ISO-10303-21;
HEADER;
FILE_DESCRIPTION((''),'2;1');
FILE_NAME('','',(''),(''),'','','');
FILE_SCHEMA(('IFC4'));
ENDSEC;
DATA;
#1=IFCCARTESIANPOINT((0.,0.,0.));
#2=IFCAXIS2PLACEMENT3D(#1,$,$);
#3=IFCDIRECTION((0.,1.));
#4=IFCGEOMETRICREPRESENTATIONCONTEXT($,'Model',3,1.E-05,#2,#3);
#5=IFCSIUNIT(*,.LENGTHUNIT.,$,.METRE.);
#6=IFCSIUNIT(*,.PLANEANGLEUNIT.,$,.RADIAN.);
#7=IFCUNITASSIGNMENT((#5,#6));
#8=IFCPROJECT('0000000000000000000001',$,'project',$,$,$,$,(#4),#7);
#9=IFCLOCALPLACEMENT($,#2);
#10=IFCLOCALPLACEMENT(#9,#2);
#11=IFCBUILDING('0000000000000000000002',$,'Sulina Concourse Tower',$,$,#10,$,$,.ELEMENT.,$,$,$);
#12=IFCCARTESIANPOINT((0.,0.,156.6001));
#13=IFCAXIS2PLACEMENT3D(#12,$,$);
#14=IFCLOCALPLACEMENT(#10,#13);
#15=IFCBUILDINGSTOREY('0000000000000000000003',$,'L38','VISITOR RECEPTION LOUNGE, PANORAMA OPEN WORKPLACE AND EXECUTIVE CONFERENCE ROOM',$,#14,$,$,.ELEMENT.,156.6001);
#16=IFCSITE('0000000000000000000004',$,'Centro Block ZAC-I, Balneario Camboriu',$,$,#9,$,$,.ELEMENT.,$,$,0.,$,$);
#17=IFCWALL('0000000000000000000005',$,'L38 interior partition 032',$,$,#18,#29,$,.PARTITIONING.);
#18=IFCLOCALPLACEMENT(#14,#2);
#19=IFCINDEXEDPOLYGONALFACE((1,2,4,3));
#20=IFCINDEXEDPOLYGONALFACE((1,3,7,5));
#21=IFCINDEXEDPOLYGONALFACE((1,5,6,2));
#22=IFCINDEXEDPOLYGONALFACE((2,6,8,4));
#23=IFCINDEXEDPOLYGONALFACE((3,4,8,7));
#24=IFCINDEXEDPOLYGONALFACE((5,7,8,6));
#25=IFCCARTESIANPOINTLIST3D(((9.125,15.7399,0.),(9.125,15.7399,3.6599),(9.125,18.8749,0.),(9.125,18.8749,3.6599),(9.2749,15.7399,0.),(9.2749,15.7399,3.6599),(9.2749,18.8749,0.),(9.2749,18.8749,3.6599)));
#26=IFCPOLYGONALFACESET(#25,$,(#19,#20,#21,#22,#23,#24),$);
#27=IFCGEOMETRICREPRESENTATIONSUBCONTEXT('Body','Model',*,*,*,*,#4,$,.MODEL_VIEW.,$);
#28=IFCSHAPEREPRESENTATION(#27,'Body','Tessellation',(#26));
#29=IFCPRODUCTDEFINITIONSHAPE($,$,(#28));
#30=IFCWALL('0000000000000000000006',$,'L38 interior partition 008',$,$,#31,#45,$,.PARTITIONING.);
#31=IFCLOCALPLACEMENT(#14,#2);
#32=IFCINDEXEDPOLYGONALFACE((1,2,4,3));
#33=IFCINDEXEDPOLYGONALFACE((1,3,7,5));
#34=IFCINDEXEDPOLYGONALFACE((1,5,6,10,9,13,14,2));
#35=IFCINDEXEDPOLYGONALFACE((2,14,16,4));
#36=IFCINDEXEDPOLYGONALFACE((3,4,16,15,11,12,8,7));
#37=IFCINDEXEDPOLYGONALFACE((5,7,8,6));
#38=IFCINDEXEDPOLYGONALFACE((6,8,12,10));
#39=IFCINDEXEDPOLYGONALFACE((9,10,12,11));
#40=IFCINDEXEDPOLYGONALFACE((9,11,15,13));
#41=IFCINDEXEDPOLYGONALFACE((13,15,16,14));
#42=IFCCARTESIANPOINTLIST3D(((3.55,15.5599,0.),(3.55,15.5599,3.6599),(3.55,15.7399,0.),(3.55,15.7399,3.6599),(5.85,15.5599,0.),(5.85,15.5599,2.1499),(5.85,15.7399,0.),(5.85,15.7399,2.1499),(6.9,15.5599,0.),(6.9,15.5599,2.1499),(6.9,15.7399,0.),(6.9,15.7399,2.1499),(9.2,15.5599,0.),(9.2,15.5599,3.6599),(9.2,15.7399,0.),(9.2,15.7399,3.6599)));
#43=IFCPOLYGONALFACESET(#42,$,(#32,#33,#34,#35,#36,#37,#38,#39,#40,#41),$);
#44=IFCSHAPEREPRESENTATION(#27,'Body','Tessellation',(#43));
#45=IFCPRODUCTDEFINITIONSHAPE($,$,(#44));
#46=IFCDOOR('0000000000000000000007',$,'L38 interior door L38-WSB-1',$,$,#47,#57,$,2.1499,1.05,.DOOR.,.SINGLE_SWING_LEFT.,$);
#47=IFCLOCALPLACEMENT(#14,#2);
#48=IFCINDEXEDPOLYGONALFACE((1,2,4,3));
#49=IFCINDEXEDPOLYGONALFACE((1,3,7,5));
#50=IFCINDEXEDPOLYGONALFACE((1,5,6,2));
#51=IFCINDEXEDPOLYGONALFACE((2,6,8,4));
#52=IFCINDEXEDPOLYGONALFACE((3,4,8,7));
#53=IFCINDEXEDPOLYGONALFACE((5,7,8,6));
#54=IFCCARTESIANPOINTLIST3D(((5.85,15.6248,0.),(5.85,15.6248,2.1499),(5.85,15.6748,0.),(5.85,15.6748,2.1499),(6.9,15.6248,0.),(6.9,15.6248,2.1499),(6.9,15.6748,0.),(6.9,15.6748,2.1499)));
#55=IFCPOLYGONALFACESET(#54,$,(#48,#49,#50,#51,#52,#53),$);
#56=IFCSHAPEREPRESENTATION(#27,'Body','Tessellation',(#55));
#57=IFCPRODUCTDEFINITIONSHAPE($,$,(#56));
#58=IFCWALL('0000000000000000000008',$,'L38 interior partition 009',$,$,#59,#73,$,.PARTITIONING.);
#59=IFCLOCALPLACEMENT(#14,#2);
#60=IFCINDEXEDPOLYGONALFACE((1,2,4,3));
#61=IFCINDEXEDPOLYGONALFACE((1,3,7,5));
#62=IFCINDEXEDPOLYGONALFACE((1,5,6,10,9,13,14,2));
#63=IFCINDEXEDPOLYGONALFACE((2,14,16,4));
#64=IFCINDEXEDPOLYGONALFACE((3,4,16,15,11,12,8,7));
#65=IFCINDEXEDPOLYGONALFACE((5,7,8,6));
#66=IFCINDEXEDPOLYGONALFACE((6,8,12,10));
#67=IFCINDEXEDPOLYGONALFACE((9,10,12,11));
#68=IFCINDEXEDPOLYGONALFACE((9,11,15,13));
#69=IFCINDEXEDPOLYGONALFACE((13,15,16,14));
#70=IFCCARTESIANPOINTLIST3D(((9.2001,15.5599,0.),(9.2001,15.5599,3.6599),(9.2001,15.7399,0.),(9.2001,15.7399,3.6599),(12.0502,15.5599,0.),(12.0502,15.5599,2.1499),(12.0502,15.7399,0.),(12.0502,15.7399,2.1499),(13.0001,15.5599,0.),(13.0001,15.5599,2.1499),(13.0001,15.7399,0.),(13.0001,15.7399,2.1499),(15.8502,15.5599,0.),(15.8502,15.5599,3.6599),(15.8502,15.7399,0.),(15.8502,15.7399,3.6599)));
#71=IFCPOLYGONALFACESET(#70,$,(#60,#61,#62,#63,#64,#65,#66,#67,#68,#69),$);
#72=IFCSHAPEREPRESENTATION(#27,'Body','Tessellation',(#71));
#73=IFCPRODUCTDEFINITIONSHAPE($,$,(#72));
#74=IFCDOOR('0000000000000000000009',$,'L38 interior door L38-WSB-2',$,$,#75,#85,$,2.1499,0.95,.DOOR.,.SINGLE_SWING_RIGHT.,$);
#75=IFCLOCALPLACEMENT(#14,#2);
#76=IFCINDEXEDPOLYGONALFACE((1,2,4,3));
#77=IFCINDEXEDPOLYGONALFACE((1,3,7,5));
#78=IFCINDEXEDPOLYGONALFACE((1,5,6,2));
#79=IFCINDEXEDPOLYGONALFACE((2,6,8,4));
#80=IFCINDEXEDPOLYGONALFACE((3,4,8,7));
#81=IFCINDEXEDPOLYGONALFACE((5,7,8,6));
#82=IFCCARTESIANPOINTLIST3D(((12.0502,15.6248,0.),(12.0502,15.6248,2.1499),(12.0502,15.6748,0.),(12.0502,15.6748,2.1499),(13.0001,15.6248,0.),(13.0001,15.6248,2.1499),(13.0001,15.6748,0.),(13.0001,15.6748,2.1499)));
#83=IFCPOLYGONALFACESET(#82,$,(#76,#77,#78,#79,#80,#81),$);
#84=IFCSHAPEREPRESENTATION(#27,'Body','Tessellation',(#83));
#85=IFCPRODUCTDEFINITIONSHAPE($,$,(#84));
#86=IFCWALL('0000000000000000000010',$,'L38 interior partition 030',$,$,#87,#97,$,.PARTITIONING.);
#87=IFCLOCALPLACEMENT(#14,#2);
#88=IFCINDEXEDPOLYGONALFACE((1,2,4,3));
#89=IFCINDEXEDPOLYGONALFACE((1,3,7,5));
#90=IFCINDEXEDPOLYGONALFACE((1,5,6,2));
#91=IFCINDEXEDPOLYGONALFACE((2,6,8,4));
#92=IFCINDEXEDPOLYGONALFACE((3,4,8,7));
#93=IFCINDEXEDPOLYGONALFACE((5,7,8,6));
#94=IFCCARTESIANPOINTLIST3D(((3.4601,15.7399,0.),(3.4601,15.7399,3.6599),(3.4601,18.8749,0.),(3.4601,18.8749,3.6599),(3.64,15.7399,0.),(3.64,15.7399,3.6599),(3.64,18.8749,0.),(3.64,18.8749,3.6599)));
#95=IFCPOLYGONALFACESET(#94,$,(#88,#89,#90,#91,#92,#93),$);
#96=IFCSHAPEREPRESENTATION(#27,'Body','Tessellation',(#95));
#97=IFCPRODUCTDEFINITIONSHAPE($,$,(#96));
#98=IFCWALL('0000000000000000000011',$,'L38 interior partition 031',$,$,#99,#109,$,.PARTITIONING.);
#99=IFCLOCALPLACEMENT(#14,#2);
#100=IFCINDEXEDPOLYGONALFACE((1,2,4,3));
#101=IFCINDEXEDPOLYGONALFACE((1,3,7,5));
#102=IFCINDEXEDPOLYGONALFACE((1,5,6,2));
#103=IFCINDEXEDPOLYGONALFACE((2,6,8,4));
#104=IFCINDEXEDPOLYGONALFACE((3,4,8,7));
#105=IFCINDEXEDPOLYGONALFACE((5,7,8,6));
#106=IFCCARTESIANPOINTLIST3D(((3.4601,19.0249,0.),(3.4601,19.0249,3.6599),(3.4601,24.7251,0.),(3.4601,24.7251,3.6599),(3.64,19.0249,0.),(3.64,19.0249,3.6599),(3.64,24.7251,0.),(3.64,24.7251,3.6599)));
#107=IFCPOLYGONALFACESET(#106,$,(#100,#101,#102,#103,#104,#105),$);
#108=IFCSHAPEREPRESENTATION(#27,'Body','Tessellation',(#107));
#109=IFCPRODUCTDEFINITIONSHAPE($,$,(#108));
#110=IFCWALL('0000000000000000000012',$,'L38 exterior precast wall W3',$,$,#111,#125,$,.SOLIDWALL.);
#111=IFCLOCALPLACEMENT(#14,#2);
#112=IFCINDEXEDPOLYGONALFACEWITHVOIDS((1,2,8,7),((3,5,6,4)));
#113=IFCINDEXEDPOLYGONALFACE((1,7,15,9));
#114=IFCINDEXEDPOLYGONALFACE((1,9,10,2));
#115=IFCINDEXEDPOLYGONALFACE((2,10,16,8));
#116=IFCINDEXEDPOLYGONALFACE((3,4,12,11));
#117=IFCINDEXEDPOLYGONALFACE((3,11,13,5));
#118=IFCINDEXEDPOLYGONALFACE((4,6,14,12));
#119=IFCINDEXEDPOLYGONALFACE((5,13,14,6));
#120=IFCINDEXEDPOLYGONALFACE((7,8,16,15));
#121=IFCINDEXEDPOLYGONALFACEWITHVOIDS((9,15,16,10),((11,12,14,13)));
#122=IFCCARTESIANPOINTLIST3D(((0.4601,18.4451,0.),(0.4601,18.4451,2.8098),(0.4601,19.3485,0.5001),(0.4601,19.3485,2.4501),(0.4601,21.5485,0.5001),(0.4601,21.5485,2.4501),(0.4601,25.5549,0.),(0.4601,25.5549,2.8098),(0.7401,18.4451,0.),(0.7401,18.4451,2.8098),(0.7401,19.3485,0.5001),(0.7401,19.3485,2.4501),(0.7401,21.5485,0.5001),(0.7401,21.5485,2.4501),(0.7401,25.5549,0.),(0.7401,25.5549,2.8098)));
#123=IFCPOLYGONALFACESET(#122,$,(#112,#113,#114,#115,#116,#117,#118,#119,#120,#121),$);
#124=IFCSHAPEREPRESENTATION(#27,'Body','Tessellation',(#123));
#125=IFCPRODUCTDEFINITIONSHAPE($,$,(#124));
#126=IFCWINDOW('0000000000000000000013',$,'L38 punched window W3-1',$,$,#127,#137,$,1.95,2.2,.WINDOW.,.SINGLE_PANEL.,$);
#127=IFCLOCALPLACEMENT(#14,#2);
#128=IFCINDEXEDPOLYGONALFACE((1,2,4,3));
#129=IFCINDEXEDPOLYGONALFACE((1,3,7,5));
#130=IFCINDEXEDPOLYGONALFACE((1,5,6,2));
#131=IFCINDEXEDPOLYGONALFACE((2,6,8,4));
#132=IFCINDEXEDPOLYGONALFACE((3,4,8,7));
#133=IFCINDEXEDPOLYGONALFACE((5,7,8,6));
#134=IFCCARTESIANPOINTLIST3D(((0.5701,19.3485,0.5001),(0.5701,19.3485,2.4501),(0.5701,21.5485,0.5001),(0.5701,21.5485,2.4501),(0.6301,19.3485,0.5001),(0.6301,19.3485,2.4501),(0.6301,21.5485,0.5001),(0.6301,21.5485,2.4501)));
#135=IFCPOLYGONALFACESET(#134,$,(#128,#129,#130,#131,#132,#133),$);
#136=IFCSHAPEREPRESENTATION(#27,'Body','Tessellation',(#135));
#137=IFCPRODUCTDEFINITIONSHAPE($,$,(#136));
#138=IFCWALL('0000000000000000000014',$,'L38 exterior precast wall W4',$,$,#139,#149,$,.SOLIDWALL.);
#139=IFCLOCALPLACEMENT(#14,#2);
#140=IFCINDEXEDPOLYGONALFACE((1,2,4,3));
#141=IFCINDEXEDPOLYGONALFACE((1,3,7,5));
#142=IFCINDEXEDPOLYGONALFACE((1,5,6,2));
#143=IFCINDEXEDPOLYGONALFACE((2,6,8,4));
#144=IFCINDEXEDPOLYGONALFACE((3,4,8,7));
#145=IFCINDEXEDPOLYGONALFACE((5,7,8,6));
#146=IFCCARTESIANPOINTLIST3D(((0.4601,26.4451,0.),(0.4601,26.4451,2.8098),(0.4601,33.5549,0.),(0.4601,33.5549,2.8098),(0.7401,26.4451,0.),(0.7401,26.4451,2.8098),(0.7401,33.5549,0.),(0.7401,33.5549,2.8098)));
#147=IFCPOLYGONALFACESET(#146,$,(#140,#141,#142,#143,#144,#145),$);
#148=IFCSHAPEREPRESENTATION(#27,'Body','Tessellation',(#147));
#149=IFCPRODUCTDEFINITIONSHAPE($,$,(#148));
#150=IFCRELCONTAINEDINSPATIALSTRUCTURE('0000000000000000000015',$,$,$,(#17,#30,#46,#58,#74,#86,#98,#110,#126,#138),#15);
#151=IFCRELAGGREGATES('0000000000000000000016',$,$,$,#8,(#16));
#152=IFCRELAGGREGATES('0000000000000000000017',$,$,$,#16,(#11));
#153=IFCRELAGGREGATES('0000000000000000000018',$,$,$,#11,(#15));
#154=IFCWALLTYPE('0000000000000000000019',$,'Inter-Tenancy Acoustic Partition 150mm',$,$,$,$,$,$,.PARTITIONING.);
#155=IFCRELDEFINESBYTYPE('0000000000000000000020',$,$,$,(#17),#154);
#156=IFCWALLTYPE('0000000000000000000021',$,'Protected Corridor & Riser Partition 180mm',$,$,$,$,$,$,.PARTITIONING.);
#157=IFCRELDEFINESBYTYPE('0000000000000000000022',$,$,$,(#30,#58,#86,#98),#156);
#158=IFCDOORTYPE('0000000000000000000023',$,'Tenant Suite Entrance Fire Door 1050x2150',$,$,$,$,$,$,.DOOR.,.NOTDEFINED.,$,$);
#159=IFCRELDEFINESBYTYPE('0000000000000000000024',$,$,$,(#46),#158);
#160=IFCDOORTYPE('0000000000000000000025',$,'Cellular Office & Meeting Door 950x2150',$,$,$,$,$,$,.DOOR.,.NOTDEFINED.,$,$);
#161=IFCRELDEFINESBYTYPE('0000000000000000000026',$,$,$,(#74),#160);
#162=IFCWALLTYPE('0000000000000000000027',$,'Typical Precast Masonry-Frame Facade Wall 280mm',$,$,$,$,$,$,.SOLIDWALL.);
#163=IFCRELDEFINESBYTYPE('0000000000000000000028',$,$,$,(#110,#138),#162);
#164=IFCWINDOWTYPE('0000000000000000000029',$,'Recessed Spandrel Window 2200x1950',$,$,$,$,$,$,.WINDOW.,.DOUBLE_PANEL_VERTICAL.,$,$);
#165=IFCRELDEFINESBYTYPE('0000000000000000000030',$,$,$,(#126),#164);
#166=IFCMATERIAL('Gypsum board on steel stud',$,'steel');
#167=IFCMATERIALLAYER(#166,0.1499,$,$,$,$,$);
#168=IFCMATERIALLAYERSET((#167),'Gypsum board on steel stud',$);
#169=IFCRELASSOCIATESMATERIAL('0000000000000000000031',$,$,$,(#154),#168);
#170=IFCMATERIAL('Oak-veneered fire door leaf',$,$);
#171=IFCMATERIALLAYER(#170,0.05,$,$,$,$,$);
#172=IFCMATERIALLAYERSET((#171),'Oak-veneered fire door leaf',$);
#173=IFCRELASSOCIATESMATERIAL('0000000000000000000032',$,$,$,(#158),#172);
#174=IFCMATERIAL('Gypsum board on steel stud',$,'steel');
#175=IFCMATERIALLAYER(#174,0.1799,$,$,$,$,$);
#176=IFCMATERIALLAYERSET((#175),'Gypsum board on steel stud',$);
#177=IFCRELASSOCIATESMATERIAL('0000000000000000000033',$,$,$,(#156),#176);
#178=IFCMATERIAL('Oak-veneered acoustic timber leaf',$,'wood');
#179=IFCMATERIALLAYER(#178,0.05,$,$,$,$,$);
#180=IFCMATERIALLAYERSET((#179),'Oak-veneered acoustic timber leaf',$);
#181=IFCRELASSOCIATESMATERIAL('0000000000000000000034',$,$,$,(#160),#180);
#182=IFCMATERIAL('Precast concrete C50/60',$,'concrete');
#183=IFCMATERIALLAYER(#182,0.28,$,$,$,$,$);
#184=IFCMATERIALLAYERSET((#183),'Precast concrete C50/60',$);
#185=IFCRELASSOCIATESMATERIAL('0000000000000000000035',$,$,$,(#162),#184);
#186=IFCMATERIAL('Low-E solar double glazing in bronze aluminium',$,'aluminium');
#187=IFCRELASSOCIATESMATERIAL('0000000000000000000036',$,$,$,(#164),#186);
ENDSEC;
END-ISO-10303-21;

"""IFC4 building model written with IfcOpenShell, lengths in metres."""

from ifc_helpers import new_model, si_unit, direction, frame, frame_2d, origin, place, context, subcontext, project, spatial, rectangle, extrude, material, layer, layer_set, type_object, element, fill, save


model = new_model("IFC4")

# Units and contexts
model_context = context("Model", 3, precision=1e-05, world=origin(), true_north=direction((0.0, 1.0)))
body_context = subcontext(model_context, "Body", "Model", "MODEL_VIEW")
ifc_project = project(units=[si_unit("LENGTHUNIT", "METRE"), si_unit("PLANEANGLEUNIT", "RADIAN")], contexts=[model_context])

# Site, building, storey
site_placement = place(None, origin())
site = spatial("IfcSite", under=ifc_project, at=site_placement, Name="Centro Block ZAC-I, Balneario Camboriu", CompositionType="ELEMENT", RefElevation=0.0)
building_placement = place(site_placement, origin())
building = spatial("IfcBuilding", under=site, at=building_placement, Name="Sulina Concourse Tower", CompositionType="ELEMENT")
storey_placement = place(building_placement, frame((0.0, 0.0, 156.6001)))
storey = spatial("IfcBuildingStorey", under=building, at=storey_placement, Name="L38", Description="VISITOR RECEPTION LOUNGE, PANORAMA OPEN WORKPLACE AND EXECUTIVE CONFERENCE ROOM", CompositionType="ELEMENT", Elevation=156.6001)

# Shared definitions
ifc_material_1 = material(Name="Gypsum board on steel stud", Category="steel")
ifc_layer_1 = layer(ifc_material_1, 0.1499)
ifc_layer_set_1 = layer_set([ifc_layer_1], Name="Gypsum board on steel stud")
wall_type_1 = type_object("IfcWallType", Name="Inter-Tenancy Acoustic Partition 150mm", PredefinedType="PARTITIONING", material=ifc_layer_set_1)

# Shared definitions
ifc_material_2 = material(Name="Oak-veneered fire door leaf")
ifc_layer_2 = layer(ifc_material_2, 0.05)
ifc_layer_set_2 = layer_set([ifc_layer_2], Name="Oak-veneered fire door leaf")
door_type_1 = type_object("IfcDoorType", Name="Tenant Suite Entrance Fire Door 1050x2150", OperationType="NOTDEFINED", PredefinedType="DOOR", material=ifc_layer_set_2)

# Wall
wall_1_placement = place(storey_placement, frame((9.2, 15.74, 0.0), z_axis=(0.0, 0.0, 1.0), x_axis=(0.0, 1.0, 0.0)))
element("IfcWall", 1, at=wall_1_placement, inside=storey, type_object=wall_type_1, Name="L38 interior partition 032", PredefinedType="PARTITIONING", context=body_context, shape_type="SweptSolid", body=[
    extrude(rectangle(XDim=3.135, YDim=0.1499, at=frame_2d((1.5674, 0.0))), origin(), (0.0, 0.0, 1.0), 3.6599),
])

# Walls, openings, doors
ifc_material_3 = material(Name="Gypsum board on steel stud", Category="steel")
ifc_layer_3 = layer(ifc_material_3, 0.1799)
ifc_layer_set_3 = layer_set([ifc_layer_3], Name="Gypsum board on steel stud")
wall_type_2 = type_object("IfcWallType", Name="Protected Corridor & Riser Partition 180mm", PredefinedType="PARTITIONING", material=ifc_layer_set_3)
wall_2_placement = place(storey_placement, frame((3.55, 15.6499, 0.0), z_axis=(0.0, 0.0, 1.0), x_axis=(1.0, 0.0, 0.0)))
wall_2 = element("IfcWall", 2, at=wall_2_placement, inside=storey, type_object=wall_type_2, Name="L38 interior partition 008", PredefinedType="PARTITIONING", context=body_context, shape_type="SweptSolid", body=[
    extrude(rectangle(XDim=5.6499, YDim=0.1799, at=frame_2d((2.825, 0.0))), origin(), (0.0, 0.0, 1.0), 3.6599),
])
opening_1_placement = place(wall_2_placement, frame((2.3, 0.0, 0.0)))
opening_1 = element("IfcOpeningElement", 3, at=opening_1_placement, cuts=wall_2, PredefinedType="OPENING", context=body_context, shape_type="SweptSolid", body=[
    extrude(rectangle(XDim=1.05, YDim=2.1499, at=frame_2d((0.5249, 1.075))), frame((0.0, 0.0999, 0.0), z_axis=(0.0, -1.0, 0.0), x_axis=(1.0, 0.0, 0.0)), (0.0, 0.0, 1.0), 0.2),
])
door_1_placement = place(opening_1_placement, origin())
door_1 = element("IfcDoor", 4, at=door_1_placement, inside=storey, type_object=door_type_1, Name="L38 interior door L38-WSB-1", OperationType="SINGLE_SWING_LEFT", OverallHeight=2.1499, OverallWidth=1.05, PredefinedType="DOOR", context=body_context, shape_type="SweptSolid", body=[
    extrude(rectangle(XDim=1.05, YDim=2.1499, at=frame_2d((0.5249, 1.075))), frame((0.0, 0.0249, 0.0), z_axis=(0.0, -1.0, 0.0), x_axis=(1.0, 0.0, 0.0)), (0.0, 0.0, 1.0), 0.05),
])
fill(opening_1, door_1)
wall_3_placement = place(storey_placement, frame((9.2, 15.6499, 0.0), z_axis=(0.0, 0.0, 1.0), x_axis=(1.0, 0.0, 0.0)))
wall_3 = element("IfcWall", 5, at=wall_3_placement, inside=storey, type_object=wall_type_2, Name="L38 interior partition 009", PredefinedType="PARTITIONING", context=body_context, shape_type="SweptSolid", body=[
    extrude(rectangle(XDim=6.6501, YDim=0.1799, at=frame_2d((3.3252, 0.0))), origin(), (0.0, 0.0, 1.0), 3.6599),
])
opening_2_placement = place(wall_3_placement, frame((2.8501, 0.0, 0.0)))
opening_2 = element("IfcOpeningElement", 6, at=opening_2_placement, cuts=wall_3, PredefinedType="OPENING", context=body_context, shape_type="SweptSolid", body=[
    extrude(rectangle(XDim=0.95, YDim=2.1499, at=frame_2d((0.4751, 1.075))), frame((0.0, 0.0999, 0.0), z_axis=(0.0, -1.0, 0.0), x_axis=(1.0, 0.0, 0.0)), (0.0, 0.0, 1.0), 0.2),
])
ifc_material_4 = material(Name="Oak-veneered acoustic timber leaf", Category="wood")
ifc_layer_4 = layer(ifc_material_4, 0.05)
ifc_layer_set_4 = layer_set([ifc_layer_4], Name="Oak-veneered acoustic timber leaf")
door_type_2 = type_object("IfcDoorType", Name="Cellular Office & Meeting Door 950x2150", OperationType="NOTDEFINED", PredefinedType="DOOR", material=ifc_layer_set_4)
door_2_placement = place(opening_2_placement, origin())
door_2 = element("IfcDoor", 7, at=door_2_placement, inside=storey, type_object=door_type_2, Name="L38 interior door L38-WSB-2", OperationType="SINGLE_SWING_RIGHT", OverallHeight=2.1499, OverallWidth=0.95, PredefinedType="DOOR", context=body_context, shape_type="SweptSolid", body=[
    extrude(rectangle(XDim=0.95, YDim=2.1499, at=frame_2d((0.4751, 1.075))), frame((0.0, 0.0249, 0.0), z_axis=(0.0, -1.0, 0.0), x_axis=(1.0, 0.0, 0.0)), (0.0, 0.0, 1.0), 0.05),
])
fill(opening_2, door_2)

# Walls
wall_4_placement = place(storey_placement, frame((3.55, 15.74, 0.0), z_axis=(0.0, 0.0, 1.0), x_axis=(0.0, 1.0, 0.0)))
element("IfcWall", 8, at=wall_4_placement, inside=storey, type_object=wall_type_2, Name="L38 interior partition 030", PredefinedType="PARTITIONING", context=body_context, shape_type="SweptSolid", body=[
    extrude(rectangle(XDim=3.135, YDim=0.1799, at=frame_2d((1.5674, 0.0))), origin(), (0.0, 0.0, 1.0), 3.6599),
])
wall_5_placement = place(storey_placement, frame((3.55, 19.0249, 0.0), z_axis=(0.0, 0.0, 1.0), x_axis=(0.0, 1.0, 0.0)))
element("IfcWall", 9, at=wall_5_placement, inside=storey, type_object=wall_type_2, Name="L38 interior partition 031", PredefinedType="PARTITIONING", context=body_context, shape_type="SweptSolid", body=[
    extrude(rectangle(XDim=5.7002, YDim=0.1799, at=frame_2d((2.8501, 0.0))), origin(), (0.0, 0.0, 1.0), 3.6599),
])

# Wall, opening, window
ifc_material_5 = material(Name="Precast concrete C50/60", Category="concrete")
ifc_layer_5 = layer(ifc_material_5, 0.28)
ifc_layer_set_5 = layer_set([ifc_layer_5], Name="Precast concrete C50/60")
wall_type_3 = type_object("IfcWallType", Name="Typical Precast Masonry-Frame Facade Wall 280mm", PredefinedType="SOLIDWALL", material=ifc_layer_set_5)
wall_6_placement = place(storey_placement, frame((0.6001, 18.4451, 0.0), z_axis=(0.0, 0.0, 1.0), x_axis=(0.0, 1.0, 0.0)))
wall_6 = element("IfcWall", 10, at=wall_6_placement, inside=storey, type_object=wall_type_3, Name="L38 exterior precast wall W3", PredefinedType="SOLIDWALL", context=body_context, shape_type="SweptSolid", body=[
    extrude(rectangle(XDim=7.1099, YDim=0.28, at=frame_2d((3.5549, 0.0))), origin(), (0.0, 0.0, 1.0), 2.8098),
])
opening_3_placement = place(wall_6_placement, frame((0.9033, 0.0, 0.5)))
opening_3 = element("IfcOpeningElement", 11, at=opening_3_placement, cuts=wall_6, PredefinedType="OPENING", context=body_context, shape_type="SweptSolid", body=[
    extrude(rectangle(XDim=2.2, YDim=1.95, at=frame_2d((1.1001, 0.9751))), frame((0.0, 0.1499, 0.0), z_axis=(0.0, -1.0, 0.0), x_axis=(1.0, 0.0, 0.0)), (0.0, 0.0, 1.0), 0.3),
])
ifc_material_6 = material(Name="Low-E solar double glazing in bronze aluminium", Category="aluminium")
window_type = type_object("IfcWindowType", Name="Recessed Spandrel Window 2200x1950", PartitioningType="DOUBLE_PANEL_VERTICAL", PredefinedType="WINDOW", material=ifc_material_6)
window_placement = place(opening_3_placement, origin())
window = element("IfcWindow", 12, at=window_placement, inside=storey, type_object=window_type, Name="L38 punched window W3-1", OverallHeight=1.95, OverallWidth=2.2, PartitioningType="SINGLE_PANEL", PredefinedType="WINDOW", context=body_context, shape_type="SweptSolid", body=[
    extrude(rectangle(XDim=2.2, YDim=1.95, at=frame_2d((1.1001, 0.9751))), frame((0.0, 0.03, 0.0), z_axis=(0.0, -1.0, 0.0), x_axis=(1.0, 0.0, 0.0)), (0.0, 0.0, 1.0), 0.0601),
])
fill(opening_3, window)

# Wall
wall_7_placement = place(storey_placement, frame((0.6001, 26.4451, 0.0), z_axis=(0.0, 0.0, 1.0), x_axis=(0.0, 1.0, 0.0)))
element("IfcWall", 13, at=wall_7_placement, inside=storey, type_object=wall_type_3, Name="L38 exterior precast wall W4", PredefinedType="SOLIDWALL", context=body_context, shape_type="SweptSolid", body=[
    extrude(rectangle(XDim=7.1099, YDim=0.28, at=frame_2d((3.5549, 0.0))), origin(), (0.0, 0.0, 1.0), 2.8098),
])

save(model, "model.ifc")
